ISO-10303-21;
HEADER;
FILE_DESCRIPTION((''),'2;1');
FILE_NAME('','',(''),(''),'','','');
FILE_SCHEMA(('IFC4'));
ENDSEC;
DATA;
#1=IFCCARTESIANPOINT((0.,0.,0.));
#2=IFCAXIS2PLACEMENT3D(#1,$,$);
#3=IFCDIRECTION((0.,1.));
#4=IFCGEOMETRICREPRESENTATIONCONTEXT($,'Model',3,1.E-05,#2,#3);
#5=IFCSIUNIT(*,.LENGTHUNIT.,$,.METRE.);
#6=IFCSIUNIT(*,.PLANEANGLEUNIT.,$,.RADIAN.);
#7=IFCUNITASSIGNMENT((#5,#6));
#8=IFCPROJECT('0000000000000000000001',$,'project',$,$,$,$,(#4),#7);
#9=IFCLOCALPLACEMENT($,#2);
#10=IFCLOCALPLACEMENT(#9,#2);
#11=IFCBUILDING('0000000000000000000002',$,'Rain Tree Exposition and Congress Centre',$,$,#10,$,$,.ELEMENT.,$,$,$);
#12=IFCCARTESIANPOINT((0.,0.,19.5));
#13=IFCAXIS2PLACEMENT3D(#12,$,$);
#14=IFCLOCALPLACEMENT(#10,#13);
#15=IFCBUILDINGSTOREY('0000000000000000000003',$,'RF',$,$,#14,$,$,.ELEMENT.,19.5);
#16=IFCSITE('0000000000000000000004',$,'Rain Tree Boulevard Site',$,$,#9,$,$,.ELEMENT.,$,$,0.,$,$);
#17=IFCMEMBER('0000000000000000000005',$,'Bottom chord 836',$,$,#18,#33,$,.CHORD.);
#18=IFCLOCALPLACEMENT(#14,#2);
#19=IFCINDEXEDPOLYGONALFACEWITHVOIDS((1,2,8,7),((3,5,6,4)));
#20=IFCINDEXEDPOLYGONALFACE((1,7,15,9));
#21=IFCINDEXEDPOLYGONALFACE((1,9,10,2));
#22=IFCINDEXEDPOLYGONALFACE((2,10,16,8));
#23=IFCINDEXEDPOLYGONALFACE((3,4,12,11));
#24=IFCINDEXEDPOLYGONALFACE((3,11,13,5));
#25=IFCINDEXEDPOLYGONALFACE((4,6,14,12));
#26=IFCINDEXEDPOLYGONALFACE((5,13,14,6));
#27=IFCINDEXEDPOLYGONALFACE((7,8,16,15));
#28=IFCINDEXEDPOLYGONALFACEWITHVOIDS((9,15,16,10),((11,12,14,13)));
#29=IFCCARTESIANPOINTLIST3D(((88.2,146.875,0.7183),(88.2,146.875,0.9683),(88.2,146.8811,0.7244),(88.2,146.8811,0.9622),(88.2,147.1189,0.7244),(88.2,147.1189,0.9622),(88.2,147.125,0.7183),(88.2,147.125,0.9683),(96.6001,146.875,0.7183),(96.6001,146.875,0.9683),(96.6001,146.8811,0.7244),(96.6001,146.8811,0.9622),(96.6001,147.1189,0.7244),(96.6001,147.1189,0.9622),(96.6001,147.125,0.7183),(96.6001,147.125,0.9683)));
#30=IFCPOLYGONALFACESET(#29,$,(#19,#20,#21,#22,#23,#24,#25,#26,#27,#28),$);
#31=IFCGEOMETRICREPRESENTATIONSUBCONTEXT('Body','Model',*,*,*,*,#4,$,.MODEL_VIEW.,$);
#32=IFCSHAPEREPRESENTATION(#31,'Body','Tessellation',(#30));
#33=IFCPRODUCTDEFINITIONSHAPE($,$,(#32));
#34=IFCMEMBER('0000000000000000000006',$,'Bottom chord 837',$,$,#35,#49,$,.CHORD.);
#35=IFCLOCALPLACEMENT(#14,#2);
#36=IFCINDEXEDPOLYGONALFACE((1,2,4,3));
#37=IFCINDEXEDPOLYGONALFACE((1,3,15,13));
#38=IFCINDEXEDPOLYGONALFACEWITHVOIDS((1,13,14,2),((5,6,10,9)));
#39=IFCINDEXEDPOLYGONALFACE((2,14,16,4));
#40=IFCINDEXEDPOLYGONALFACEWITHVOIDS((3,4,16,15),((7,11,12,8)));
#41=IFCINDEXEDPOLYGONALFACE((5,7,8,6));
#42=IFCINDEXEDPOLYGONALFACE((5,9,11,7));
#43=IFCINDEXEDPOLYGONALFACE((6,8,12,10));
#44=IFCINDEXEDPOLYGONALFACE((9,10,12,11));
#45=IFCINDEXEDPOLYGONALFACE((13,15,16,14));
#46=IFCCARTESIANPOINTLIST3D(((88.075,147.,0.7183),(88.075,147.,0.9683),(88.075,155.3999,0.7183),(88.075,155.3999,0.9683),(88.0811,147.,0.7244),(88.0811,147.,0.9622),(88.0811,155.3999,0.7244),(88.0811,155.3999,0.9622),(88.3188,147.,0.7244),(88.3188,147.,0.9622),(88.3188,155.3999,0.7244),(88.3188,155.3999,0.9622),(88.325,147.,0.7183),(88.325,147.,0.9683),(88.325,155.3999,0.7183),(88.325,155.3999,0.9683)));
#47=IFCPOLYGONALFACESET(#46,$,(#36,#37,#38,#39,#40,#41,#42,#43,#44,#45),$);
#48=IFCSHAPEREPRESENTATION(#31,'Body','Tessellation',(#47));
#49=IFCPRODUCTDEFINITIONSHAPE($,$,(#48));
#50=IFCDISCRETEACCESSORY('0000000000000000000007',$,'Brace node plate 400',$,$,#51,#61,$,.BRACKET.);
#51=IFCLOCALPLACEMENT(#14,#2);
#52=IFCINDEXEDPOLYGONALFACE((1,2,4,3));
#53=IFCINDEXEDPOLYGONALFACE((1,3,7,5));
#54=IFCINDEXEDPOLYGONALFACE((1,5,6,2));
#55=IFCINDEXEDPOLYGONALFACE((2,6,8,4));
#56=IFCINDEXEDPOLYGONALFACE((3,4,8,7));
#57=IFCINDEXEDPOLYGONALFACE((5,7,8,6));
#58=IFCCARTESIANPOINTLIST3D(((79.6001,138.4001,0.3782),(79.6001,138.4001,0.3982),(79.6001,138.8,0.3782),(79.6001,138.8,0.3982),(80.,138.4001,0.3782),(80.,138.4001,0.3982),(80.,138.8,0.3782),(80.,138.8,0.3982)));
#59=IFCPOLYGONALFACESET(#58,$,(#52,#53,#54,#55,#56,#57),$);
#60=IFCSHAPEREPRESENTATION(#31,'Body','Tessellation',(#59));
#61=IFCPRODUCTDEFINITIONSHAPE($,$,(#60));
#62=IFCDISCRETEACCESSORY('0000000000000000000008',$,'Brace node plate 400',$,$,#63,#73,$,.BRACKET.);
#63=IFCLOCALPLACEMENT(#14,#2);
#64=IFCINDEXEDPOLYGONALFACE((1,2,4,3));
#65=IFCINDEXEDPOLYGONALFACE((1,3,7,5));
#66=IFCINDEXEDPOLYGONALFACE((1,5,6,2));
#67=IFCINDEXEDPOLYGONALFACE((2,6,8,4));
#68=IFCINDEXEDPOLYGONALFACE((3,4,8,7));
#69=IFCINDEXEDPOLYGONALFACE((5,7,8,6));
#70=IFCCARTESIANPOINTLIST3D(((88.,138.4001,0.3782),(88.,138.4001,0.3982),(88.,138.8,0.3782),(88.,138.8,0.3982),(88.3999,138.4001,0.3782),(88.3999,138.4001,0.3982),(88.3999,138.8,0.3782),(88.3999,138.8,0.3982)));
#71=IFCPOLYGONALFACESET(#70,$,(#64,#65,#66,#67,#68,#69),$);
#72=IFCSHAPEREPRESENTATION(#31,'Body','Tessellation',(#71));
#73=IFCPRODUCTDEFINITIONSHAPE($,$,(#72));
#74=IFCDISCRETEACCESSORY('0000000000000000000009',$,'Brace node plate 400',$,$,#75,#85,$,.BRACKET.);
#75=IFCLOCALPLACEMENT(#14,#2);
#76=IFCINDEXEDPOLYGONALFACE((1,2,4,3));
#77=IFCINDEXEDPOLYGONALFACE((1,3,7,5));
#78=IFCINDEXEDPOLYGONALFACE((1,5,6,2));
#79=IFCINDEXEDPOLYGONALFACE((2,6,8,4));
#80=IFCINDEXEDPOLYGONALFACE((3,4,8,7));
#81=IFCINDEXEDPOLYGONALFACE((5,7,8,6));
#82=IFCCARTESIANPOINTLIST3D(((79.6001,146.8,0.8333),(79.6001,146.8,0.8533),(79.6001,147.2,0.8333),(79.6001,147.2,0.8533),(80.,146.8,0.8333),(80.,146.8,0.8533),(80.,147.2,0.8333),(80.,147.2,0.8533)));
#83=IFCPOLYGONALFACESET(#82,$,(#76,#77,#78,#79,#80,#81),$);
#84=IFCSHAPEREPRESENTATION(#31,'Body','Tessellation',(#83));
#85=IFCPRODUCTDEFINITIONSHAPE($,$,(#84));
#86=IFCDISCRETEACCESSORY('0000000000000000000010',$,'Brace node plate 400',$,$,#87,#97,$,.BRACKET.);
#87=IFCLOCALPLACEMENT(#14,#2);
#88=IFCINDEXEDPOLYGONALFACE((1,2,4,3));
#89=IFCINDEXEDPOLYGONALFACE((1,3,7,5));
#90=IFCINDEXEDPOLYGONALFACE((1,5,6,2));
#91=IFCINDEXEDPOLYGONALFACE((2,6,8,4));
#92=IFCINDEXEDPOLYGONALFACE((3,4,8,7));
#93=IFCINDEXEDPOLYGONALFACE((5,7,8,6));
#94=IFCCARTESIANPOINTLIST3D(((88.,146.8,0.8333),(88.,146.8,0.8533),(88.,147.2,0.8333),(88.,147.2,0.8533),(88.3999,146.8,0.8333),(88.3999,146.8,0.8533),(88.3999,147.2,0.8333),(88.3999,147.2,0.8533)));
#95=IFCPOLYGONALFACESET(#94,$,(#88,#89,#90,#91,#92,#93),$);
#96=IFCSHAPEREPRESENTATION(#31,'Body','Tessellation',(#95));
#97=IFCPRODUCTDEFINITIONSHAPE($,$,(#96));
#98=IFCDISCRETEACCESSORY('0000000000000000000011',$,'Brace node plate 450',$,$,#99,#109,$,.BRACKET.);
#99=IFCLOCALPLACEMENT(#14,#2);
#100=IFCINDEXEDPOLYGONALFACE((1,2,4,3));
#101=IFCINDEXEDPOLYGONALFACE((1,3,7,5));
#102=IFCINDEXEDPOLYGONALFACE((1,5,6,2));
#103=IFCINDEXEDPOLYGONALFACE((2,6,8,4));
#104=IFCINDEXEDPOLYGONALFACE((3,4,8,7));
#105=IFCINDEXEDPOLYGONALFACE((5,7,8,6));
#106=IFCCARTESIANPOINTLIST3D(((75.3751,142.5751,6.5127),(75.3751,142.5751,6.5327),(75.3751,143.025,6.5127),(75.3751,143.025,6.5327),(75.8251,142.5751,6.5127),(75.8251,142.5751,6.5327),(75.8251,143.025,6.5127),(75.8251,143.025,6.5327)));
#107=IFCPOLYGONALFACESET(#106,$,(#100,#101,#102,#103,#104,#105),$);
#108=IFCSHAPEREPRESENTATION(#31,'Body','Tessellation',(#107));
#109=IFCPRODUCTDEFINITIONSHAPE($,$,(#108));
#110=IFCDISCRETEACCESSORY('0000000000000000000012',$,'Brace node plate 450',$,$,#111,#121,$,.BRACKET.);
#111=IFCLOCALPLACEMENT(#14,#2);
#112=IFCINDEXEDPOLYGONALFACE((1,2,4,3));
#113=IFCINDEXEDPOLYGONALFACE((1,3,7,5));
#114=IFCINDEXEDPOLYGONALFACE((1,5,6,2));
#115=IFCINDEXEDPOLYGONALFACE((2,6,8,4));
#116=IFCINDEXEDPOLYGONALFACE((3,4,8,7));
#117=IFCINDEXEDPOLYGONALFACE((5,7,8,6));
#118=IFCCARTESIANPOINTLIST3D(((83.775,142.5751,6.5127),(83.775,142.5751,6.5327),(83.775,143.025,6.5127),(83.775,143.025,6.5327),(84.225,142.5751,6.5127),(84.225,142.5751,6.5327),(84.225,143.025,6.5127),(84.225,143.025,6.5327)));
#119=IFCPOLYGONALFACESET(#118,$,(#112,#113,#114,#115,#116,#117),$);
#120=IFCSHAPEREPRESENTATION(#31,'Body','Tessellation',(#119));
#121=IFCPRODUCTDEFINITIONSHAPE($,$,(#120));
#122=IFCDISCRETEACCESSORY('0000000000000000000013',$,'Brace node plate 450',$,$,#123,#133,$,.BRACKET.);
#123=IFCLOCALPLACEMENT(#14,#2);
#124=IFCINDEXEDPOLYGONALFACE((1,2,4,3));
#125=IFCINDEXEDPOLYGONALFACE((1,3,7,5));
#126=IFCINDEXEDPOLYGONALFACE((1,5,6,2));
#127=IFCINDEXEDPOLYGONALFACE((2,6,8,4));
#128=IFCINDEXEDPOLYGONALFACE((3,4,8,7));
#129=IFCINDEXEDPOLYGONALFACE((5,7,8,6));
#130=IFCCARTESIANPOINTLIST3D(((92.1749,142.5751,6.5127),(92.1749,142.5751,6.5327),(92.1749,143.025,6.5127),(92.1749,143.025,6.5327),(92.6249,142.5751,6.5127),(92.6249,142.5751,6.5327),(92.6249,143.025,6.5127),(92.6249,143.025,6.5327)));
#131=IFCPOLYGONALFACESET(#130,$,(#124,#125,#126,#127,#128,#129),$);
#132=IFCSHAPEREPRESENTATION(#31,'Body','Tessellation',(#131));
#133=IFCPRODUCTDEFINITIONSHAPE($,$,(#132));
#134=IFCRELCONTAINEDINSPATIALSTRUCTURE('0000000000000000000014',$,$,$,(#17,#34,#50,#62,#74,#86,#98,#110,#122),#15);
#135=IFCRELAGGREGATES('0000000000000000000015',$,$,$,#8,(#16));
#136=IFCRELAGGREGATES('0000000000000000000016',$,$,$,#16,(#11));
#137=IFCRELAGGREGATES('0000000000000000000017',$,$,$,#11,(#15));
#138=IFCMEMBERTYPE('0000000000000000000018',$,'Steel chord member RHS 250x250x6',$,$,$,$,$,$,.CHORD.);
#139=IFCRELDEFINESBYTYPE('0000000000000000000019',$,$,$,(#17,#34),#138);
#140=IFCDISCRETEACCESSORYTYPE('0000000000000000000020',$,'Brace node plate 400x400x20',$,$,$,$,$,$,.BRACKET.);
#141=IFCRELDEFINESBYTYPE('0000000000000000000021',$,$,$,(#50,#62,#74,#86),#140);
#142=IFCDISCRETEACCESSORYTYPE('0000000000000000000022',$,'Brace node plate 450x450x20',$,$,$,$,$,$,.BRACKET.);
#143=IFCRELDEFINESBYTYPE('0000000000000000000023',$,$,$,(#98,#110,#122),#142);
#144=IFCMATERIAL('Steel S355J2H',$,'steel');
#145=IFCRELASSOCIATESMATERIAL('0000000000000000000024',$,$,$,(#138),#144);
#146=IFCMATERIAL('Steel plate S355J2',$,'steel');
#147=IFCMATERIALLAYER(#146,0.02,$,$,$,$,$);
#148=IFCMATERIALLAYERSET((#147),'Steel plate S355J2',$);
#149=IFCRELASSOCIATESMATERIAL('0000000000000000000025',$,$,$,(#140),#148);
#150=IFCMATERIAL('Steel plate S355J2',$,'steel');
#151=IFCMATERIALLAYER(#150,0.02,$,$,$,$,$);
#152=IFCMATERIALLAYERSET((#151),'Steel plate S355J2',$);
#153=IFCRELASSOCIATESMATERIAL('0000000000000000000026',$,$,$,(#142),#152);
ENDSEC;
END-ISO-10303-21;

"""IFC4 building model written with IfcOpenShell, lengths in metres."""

from ifc_helpers import new_model, si_unit, direction, frame, origin, origin_2d, place, context, subcontext, project, spatial, rectangle, hollow_rectangle, extrude, material, layer, layer_set, material_profile, profile_set, type_object, element, save


model = new_model("IFC4")

# Units and contexts
model_context = context("Model", 3, precision=1e-05, world=origin(), true_north=direction((0.0, 1.0)))
body_context = subcontext(model_context, "Body", "Model", "MODEL_VIEW")
ifc_project = project(units=[si_unit("LENGTHUNIT", "METRE"), si_unit("PLANEANGLEUNIT", "RADIAN")], contexts=[model_context])

# Site, building, storey
site_placement = place(None, origin())
site = spatial("IfcSite", under=ifc_project, at=site_placement, Name="Rain Tree Boulevard Site", CompositionType="ELEMENT", RefElevation=0.0)
building_placement = place(site_placement, origin())
building = spatial("IfcBuilding", under=site, at=building_placement, Name="Rain Tree Exposition and Congress Centre", CompositionType="ELEMENT")
storey_placement = place(building_placement, frame((0.0, 0.0, 19.5)))
storey = spatial("IfcBuildingStorey", under=building, at=storey_placement, Name="RF", CompositionType="ELEMENT", Elevation=19.5)

# Members
ifc_material_1 = material(Name="Steel S355J2H", Category="steel")
ifc_material_profile_1 = material_profile(ifc_material_1, hollow_rectangle(XDim=0.25, YDim=0.25, WallThickness=0.0061, at=origin_2d()), Name="RHS 250x250x6")
ifc_profile_set_1 = profile_set([ifc_material_profile_1], Name="Steel S355J2H")
member_type_1 = type_object("IfcMemberType", Name="Steel chord member RHS 250x250x6", PredefinedType="CHORD", material=ifc_profile_set_1)
member_1_placement = place(storey_placement, frame((88.2, 147.0, 0.8433), z_axis=(1.0, 0.0, 0.0), x_axis=(0.0, 1.0, 0.0)))
element("IfcMember", 1, at=member_1_placement, inside=storey, type_object=member_type_1, Name="Bottom chord 836", PredefinedType="CHORD", context=body_context, shape_type="SweptSolid", body=[
    extrude(hollow_rectangle(XDim=0.25, YDim=0.25, WallThickness=0.0061, at=origin_2d()), origin(), (0.0, 0.0, 1.0), 8.4001),
])
member_2_placement = place(storey_placement, frame((88.2, 147.0, 0.8433), z_axis=(0.0, 1.0, 0.0), x_axis=(-1.0, 0.0, 0.0)))
element("IfcMember", 2, at=member_2_placement, inside=storey, type_object=member_type_1, Name="Bottom chord 837", PredefinedType="CHORD", context=body_context, shape_type="SweptSolid", body=[
    extrude(hollow_rectangle(XDim=0.25, YDim=0.25, WallThickness=0.0061, at=origin_2d()), origin(), (0.0, 0.0, 1.0), 8.3999),
])

# Discrete accessories
ifc_material_2 = material(Name="Steel plate S355J2", Category="steel")
ifc_layer_1 = layer(ifc_material_2, 0.02)
ifc_layer_set_1 = layer_set([ifc_layer_1], Name="Steel plate S355J2")
discrete_accessory_type_1 = type_object("IfcDiscreteAccessoryType", Name="Brace node plate 400x400x20", PredefinedType="BRACKET", material=ifc_layer_set_1)
for number, where, z_axis, x_axis, name in (
    (3, (79.8, 138.6001, 0.3782), (0.0, 0.0, 1.0), (1.0, 0.0, 0.0), "Brace node plate 400"),
    (4, (88.2, 138.6001, 0.3782), (0.0, 0.0, 1.0), (1.0, 0.0, 0.0), "Brace node plate 400"),
    (5, (79.8, 147.0, 0.8333), (0.0, 0.0, 1.0), (1.0, 0.0, 0.0), "Brace node plate 400"),
    (6, (88.2, 147.0, 0.8333), (0.0, 0.0, 1.0), (1.0, 0.0, 0.0), "Brace node plate 400"),
):
    element("IfcDiscreteAccessory", number, at=place(storey_placement, frame(where, z_axis=z_axis, x_axis=x_axis)), inside=storey, type_object=discrete_accessory_type_1, Name=name, PredefinedType="BRACKET", context=body_context, shape_type="SweptSolid", body=[
        extrude(rectangle(XDim=0.3999, YDim=0.3999, at=origin_2d()), origin(), (0.0, 0.0, 1.0), 0.02),
    ])
ifc_material_3 = material(Name="Steel plate S355J2", Category="steel")
ifc_layer_2 = layer(ifc_material_3, 0.02)
ifc_layer_set_2 = layer_set([ifc_layer_2], Name="Steel plate S355J2")
discrete_accessory_type_2 = type_object("IfcDiscreteAccessoryType", Name="Brace node plate 450x450x20", PredefinedType="BRACKET", material=ifc_layer_set_2)
for number, where, z_axis, x_axis, name in (
    (7, (75.6001, 142.8, 6.5127), (0.0, 0.0, 1.0), (1.0, 0.0, 0.0), "Brace node plate 450"),
    (8, (84.0, 142.8, 6.5127), (0.0, 0.0, 1.0), (1.0, 0.0, 0.0), "Brace node plate 450"),
    (9, (92.3999, 142.8, 6.5127), (0.0, 0.0, 1.0), (1.0, 0.0, 0.0), "Brace node plate 450"),
):
    element("IfcDiscreteAccessory", number, at=place(storey_placement, frame(where, z_axis=z_axis, x_axis=x_axis)), inside=storey, type_object=discrete_accessory_type_2, Name=name, PredefinedType="BRACKET", context=body_context, shape_type="SweptSolid", body=[
        extrude(rectangle(XDim=0.45, YDim=0.45, at=origin_2d()), origin(), (0.0, 0.0, 1.0), 0.02),
    ])

save(model, "model.ifc")
